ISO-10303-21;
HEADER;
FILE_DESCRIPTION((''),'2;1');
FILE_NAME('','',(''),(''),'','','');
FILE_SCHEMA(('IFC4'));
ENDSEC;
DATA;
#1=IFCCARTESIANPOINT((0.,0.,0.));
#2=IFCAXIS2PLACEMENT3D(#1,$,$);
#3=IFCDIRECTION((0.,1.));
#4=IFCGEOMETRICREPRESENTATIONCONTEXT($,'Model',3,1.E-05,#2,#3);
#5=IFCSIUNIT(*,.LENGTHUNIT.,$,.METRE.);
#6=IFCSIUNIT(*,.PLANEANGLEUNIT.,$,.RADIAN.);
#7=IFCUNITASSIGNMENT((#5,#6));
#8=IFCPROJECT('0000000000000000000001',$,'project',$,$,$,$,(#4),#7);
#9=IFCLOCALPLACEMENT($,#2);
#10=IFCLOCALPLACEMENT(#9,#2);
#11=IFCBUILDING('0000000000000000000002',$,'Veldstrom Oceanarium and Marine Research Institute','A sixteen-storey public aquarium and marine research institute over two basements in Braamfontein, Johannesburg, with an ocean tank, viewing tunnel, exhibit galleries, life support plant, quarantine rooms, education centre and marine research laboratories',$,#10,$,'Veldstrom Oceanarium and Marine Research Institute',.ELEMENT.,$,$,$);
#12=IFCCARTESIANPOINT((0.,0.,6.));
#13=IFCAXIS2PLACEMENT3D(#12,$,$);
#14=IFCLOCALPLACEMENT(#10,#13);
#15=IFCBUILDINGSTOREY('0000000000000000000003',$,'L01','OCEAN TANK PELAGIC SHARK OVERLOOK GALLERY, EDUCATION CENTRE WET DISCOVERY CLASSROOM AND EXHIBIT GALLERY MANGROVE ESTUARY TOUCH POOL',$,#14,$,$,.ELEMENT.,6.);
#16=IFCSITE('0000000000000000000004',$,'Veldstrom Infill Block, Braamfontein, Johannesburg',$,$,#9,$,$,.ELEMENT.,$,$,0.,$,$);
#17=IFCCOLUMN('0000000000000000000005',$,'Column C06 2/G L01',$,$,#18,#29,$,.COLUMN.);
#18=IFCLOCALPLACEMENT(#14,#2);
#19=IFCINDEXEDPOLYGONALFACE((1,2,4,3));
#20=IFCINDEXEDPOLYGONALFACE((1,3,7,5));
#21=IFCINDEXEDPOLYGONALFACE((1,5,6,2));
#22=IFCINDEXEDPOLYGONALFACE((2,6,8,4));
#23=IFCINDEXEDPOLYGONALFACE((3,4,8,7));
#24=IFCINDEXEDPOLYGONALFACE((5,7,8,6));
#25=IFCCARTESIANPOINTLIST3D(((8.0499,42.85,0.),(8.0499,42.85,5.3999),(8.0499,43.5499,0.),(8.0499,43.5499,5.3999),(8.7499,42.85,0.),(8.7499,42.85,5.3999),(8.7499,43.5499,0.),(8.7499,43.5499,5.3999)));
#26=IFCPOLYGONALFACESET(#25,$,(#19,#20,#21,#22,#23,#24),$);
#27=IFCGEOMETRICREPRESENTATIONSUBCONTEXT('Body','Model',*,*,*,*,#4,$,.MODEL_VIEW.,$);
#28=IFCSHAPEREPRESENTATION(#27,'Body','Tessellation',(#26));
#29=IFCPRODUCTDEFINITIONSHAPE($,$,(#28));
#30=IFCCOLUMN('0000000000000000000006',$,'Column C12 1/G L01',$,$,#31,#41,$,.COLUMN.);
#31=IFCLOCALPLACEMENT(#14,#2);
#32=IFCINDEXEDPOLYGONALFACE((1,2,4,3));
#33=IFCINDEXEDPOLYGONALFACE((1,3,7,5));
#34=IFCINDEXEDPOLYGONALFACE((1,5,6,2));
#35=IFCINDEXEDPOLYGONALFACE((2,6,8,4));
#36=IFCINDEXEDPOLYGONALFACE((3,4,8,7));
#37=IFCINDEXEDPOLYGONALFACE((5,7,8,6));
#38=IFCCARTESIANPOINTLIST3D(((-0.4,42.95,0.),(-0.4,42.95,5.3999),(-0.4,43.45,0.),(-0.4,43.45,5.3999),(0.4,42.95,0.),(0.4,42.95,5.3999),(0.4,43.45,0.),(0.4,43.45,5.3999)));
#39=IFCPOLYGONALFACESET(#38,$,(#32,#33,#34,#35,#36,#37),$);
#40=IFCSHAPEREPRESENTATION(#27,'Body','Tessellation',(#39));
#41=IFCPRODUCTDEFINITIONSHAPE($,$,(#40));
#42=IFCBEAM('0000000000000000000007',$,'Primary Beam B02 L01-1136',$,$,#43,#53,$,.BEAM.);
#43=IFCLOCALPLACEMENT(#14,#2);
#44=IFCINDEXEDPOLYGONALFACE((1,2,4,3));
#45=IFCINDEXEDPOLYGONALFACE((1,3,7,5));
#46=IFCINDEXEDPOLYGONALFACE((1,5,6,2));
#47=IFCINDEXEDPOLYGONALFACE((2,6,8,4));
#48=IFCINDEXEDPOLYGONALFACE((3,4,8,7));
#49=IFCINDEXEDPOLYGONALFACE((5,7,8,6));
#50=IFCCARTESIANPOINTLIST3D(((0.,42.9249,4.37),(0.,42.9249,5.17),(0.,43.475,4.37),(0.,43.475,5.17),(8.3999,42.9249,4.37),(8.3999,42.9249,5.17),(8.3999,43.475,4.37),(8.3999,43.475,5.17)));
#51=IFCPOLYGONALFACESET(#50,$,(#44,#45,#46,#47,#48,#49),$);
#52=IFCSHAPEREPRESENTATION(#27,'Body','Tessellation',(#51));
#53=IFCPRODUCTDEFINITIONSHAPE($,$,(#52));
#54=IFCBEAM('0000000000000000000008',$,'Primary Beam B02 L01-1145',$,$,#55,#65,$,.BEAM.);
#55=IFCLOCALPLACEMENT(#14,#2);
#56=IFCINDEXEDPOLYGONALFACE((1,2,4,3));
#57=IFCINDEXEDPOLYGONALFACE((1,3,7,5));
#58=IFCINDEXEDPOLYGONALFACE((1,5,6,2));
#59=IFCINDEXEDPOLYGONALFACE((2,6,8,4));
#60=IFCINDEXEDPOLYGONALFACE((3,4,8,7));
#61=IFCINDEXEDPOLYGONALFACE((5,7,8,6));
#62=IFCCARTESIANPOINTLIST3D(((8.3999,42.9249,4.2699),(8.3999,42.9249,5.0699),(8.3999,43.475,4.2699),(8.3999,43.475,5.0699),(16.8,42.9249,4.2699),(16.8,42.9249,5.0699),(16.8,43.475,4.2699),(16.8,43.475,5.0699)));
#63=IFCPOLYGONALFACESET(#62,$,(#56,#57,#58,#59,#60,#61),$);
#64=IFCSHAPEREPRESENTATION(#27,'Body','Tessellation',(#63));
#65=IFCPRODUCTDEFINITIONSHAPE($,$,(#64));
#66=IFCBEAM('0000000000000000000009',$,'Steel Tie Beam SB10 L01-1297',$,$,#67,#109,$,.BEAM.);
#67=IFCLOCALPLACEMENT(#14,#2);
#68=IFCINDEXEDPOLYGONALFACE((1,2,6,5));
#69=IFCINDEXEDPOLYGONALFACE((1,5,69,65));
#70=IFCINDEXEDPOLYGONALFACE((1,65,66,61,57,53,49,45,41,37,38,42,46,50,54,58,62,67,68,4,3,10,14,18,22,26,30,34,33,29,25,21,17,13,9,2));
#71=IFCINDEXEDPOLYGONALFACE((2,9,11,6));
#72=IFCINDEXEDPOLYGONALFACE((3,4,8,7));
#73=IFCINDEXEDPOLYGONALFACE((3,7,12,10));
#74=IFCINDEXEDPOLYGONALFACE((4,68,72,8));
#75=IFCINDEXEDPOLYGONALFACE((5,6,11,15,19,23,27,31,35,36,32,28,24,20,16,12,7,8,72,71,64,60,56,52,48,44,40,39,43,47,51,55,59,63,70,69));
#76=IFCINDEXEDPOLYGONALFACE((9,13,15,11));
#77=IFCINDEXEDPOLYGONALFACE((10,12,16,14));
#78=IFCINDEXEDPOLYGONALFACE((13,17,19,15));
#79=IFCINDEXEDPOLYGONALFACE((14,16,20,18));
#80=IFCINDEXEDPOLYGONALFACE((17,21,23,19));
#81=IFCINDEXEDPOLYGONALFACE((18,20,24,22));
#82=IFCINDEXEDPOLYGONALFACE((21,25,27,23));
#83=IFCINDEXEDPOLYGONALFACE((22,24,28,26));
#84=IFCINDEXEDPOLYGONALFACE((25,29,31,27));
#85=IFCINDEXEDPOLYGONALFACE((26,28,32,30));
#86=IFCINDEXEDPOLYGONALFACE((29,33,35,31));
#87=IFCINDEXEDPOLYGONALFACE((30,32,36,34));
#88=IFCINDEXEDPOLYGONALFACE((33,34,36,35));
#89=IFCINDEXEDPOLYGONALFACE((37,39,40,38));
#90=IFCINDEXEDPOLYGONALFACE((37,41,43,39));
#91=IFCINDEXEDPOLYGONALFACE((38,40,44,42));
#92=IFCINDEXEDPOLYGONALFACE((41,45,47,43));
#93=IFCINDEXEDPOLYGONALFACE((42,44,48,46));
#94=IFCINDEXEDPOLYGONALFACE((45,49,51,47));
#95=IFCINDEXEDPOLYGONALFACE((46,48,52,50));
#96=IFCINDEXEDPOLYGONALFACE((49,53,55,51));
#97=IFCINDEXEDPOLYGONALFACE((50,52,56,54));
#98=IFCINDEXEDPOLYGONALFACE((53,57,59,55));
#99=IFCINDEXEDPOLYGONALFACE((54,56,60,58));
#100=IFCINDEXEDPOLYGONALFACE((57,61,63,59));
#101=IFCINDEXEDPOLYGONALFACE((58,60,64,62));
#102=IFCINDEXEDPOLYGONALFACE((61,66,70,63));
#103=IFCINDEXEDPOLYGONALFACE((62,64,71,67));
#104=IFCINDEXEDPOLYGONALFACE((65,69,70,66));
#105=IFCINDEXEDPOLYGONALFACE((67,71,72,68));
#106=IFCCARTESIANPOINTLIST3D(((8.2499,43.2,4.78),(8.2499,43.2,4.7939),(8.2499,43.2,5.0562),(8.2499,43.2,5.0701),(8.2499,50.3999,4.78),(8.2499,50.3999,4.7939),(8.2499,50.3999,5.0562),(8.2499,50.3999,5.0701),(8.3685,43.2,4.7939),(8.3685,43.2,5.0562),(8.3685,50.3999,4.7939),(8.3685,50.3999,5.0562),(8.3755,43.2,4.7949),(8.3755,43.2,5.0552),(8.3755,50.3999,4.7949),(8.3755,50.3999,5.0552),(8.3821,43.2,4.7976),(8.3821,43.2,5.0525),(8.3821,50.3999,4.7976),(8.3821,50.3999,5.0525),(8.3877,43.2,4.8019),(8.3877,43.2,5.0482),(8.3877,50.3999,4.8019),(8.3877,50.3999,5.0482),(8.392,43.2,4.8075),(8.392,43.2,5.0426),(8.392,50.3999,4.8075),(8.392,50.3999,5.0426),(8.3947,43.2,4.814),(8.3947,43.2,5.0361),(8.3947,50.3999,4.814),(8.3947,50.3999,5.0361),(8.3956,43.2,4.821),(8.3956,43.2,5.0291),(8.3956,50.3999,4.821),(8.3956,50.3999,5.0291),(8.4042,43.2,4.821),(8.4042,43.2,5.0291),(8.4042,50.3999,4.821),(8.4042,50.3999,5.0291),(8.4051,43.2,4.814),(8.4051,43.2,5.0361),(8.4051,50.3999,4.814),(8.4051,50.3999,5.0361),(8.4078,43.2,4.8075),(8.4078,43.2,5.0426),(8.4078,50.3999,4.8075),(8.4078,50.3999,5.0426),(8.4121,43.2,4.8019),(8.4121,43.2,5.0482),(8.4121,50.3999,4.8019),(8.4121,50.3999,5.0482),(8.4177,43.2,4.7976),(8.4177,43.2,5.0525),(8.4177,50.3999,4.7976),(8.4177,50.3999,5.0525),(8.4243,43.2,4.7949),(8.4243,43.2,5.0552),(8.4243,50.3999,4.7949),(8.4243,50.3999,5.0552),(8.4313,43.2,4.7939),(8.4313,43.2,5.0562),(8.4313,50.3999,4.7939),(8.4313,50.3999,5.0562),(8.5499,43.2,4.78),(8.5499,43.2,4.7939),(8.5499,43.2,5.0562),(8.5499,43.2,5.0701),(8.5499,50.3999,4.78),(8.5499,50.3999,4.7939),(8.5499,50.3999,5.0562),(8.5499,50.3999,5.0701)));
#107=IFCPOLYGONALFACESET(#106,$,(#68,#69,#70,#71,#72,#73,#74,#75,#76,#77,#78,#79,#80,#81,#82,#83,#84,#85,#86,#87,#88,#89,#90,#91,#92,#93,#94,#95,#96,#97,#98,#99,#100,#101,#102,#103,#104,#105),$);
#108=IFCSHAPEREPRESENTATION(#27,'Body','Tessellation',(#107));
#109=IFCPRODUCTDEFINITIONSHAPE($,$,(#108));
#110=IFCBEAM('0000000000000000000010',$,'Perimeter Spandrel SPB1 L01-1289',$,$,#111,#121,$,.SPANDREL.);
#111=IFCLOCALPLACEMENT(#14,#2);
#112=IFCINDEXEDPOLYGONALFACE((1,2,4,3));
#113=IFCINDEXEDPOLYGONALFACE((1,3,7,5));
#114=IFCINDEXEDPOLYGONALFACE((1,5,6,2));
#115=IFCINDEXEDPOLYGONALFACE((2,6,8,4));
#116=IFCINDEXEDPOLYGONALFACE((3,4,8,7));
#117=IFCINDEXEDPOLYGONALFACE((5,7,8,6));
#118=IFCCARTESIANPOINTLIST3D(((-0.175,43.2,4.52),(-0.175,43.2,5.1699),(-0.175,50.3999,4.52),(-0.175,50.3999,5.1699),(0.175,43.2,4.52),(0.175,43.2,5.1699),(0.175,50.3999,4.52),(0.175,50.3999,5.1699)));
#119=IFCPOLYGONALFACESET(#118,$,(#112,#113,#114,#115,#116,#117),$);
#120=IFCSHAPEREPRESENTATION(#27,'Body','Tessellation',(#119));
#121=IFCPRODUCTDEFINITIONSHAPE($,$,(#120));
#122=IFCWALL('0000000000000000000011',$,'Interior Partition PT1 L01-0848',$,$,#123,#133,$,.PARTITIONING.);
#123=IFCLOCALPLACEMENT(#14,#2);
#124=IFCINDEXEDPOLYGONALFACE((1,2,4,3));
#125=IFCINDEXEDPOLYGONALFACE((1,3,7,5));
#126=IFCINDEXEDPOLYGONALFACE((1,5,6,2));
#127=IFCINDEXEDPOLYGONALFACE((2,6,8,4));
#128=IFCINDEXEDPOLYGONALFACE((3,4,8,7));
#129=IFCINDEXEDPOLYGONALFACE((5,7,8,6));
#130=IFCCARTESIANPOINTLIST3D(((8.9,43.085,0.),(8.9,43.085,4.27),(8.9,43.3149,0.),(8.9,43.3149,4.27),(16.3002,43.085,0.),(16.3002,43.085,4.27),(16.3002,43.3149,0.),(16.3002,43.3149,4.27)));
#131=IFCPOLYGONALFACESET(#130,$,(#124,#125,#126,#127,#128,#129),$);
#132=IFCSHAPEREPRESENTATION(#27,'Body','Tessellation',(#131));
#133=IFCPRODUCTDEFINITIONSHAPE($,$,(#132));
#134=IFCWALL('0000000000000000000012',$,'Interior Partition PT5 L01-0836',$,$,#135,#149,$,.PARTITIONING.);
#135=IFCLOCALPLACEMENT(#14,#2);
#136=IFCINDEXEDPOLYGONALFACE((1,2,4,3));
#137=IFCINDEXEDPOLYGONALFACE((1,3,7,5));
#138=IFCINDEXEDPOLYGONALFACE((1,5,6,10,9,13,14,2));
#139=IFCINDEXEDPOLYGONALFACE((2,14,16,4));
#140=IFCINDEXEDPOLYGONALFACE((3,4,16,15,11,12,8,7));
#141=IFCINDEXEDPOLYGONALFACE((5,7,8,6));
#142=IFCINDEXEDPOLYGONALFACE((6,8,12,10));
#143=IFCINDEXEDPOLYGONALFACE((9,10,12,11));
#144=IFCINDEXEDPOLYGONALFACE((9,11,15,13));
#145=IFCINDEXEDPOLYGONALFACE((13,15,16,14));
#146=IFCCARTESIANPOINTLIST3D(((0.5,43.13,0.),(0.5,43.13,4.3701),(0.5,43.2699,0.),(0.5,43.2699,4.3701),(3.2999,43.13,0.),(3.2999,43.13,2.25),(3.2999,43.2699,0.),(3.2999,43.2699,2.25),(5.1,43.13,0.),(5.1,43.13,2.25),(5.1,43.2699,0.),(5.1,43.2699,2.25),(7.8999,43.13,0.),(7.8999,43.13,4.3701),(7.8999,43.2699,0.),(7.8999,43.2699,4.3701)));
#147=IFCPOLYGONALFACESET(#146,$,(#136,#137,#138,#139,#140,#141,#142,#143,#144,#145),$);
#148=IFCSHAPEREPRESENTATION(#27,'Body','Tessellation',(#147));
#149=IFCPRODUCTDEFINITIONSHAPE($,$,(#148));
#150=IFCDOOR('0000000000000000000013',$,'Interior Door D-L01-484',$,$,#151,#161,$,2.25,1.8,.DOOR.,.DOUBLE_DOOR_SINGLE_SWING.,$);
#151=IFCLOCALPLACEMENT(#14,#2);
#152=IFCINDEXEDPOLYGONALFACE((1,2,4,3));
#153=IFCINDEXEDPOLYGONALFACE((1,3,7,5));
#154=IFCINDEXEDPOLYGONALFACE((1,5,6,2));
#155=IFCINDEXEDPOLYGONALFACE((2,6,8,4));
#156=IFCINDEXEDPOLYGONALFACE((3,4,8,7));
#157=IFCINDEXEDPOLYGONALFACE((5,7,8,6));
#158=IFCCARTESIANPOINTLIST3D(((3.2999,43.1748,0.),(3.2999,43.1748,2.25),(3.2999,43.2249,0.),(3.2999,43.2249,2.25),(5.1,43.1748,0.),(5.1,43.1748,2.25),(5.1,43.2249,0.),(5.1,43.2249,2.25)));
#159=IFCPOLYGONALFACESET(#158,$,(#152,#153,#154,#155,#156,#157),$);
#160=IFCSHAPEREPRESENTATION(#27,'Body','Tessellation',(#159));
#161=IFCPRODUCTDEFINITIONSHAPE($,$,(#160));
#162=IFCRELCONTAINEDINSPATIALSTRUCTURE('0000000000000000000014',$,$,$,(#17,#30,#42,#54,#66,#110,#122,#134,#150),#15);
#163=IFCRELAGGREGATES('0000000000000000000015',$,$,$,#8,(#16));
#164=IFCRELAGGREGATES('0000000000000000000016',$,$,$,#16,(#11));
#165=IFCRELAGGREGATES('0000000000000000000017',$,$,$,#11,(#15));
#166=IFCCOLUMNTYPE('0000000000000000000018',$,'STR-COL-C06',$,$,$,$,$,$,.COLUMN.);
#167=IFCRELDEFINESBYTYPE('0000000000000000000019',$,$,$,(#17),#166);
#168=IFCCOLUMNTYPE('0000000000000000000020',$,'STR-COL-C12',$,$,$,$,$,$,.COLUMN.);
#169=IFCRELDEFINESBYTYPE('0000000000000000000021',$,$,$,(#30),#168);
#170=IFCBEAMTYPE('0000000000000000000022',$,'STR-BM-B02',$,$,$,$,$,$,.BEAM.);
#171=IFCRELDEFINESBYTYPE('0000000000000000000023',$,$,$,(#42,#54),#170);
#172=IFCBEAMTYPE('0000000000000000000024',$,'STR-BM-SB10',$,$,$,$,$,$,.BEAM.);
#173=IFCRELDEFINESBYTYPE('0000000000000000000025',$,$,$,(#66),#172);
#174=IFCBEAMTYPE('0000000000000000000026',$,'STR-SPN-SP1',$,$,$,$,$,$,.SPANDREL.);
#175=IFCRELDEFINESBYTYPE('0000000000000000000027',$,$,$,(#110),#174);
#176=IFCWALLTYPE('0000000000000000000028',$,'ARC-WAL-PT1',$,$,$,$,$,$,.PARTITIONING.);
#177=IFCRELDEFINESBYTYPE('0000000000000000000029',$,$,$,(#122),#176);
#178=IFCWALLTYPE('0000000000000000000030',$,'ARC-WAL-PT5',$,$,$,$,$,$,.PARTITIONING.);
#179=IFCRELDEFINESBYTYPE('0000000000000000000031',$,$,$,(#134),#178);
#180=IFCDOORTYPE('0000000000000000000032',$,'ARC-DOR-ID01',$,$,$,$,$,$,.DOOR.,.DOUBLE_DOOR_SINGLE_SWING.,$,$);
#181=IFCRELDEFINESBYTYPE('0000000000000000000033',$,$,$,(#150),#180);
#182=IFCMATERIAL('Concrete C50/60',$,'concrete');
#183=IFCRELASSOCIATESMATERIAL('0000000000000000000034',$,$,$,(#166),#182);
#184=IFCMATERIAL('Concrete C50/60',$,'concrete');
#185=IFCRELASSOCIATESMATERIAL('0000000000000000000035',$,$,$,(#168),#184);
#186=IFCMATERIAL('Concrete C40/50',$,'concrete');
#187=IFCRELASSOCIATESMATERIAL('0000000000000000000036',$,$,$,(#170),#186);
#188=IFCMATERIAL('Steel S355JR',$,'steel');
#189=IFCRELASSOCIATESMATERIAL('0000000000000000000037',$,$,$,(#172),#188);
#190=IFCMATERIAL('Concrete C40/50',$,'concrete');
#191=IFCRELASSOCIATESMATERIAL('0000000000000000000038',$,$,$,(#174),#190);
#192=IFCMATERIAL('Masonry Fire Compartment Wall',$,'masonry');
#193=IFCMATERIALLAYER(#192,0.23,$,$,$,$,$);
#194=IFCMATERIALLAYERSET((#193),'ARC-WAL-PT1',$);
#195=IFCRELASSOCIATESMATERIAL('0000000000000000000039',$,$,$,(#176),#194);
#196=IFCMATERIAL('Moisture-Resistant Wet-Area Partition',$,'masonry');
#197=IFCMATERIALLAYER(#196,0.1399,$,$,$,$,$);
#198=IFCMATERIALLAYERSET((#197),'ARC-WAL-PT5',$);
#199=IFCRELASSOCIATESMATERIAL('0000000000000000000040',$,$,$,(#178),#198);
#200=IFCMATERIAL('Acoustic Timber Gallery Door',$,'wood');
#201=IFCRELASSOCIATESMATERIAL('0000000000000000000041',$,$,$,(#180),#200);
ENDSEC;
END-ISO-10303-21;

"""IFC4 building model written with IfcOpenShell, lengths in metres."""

from ifc_helpers import new_model, si_unit, direction, frame, frame_2d, origin, origin_2d, place, context, subcontext, project, spatial, rectangle, i_section, extrude, material, layer, layer_set, material_profile, profile_set, type_object, element, fill, save


model = new_model("IFC4")

# Units and contexts
model_context = context("Model", 3, precision=1e-05, world=origin(), true_north=direction((0.0, 1.0)))
body_context = subcontext(model_context, "Body", "Model", "MODEL_VIEW")
ifc_project = project(units=[si_unit("LENGTHUNIT", "METRE"), si_unit("PLANEANGLEUNIT", "RADIAN")], contexts=[model_context])

# Site, building, storey
site_placement = place(None, origin())
site = spatial("IfcSite", under=ifc_project, at=site_placement, Name="Veldstrom Infill Block, Braamfontein, Johannesburg", CompositionType="ELEMENT", RefElevation=0.0)
building_placement = place(site_placement, origin())
building = spatial("IfcBuilding", under=site, at=building_placement, Name="Veldstrom Oceanarium and Marine Research Institute", Description="A sixteen-storey public aquarium and marine research institute over two basements in Braamfontein, Johannesburg, with an ocean tank, viewing tunnel, exhibit galleries, life support plant, quarantine rooms, education centre and marine research laboratories", LongName="Veldstrom Oceanarium and Marine Research Institute", CompositionType="ELEMENT")
storey_placement = place(building_placement, frame((0.0, 0.0, 6.0)))
storey = spatial("IfcBuildingStorey", under=building, at=storey_placement, Name="L01", Description="OCEAN TANK PELAGIC SHARK OVERLOOK GALLERY, EDUCATION CENTRE WET DISCOVERY CLASSROOM AND EXHIBIT GALLERY MANGROVE ESTUARY TOUCH POOL", CompositionType="ELEMENT", Elevation=6.0)

# Columns
ifc_material_1 = material(Name="Concrete C50/60", Category="concrete")
ifc_material_profile_1 = material_profile(ifc_material_1, rectangle(XDim=0.7, YDim=0.7, at=origin_2d()), Name="RC-COL-700x700")
ifc_profile_set_1 = profile_set([ifc_material_profile_1], Name="Concrete C50/60")
column_type_1 = type_object("IfcColumnType", Name="STR-COL-C06", PredefinedType="COLUMN", material=ifc_profile_set_1)
column_1_placement = place(storey_placement, frame((8.3999, 43.2, 0.0), z_axis=(0.0, 0.0, 1.0), x_axis=(1.0, 0.0, 0.0)))
element("IfcColumn", 1, at=column_1_placement, inside=storey, type_object=column_type_1, Name="Column C06 2/G L01", PredefinedType="COLUMN", context=body_context, shape_type="SweptSolid", body=[
    extrude(rectangle(XDim=0.7, YDim=0.7, at=origin_2d()), origin(), (0.0, 0.0, 1.0), 5.3999),
])
ifc_material_2 = material(Name="Concrete C50/60", Category="concrete")
ifc_material_profile_2 = material_profile(ifc_material_2, rectangle(XDim=0.5, YDim=0.8, at=origin_2d()), Name="RC-COL-800x500")
ifc_profile_set_2 = profile_set([ifc_material_profile_2], Name="Concrete C50/60")
column_type_2 = type_object("IfcColumnType", Name="STR-COL-C12", PredefinedType="COLUMN", material=ifc_profile_set_2)
column_2_placement = place(storey_placement, frame((0.0, 43.2, 0.0), z_axis=(0.0, 0.0, 1.0), x_axis=(0.0, 1.0, 0.0)))
element("IfcColumn", 2, at=column_2_placement, inside=storey, type_object=column_type_2, Name="Column C12 1/G L01", PredefinedType="COLUMN", context=body_context, shape_type="SweptSolid", body=[
    extrude(rectangle(XDim=0.5, YDim=0.8, at=origin_2d()), origin(), (0.0, 0.0, 1.0), 5.3999),
])

# Beams
ifc_material_3 = material(Name="Concrete C40/50", Category="concrete")
ifc_material_profile_3 = material_profile(ifc_material_3, rectangle(XDim=0.55, YDim=0.8, at=origin_2d()), Name="RC-BM-550x800")
ifc_profile_set_3 = profile_set([ifc_material_profile_3], Name="Concrete C40/50")
beam_type_1 = type_object("IfcBeamType", Name="STR-BM-B02", PredefinedType="BEAM", material=ifc_profile_set_3)
beam_1_placement = place(storey_placement, frame((0.0, 43.2, 4.77), z_axis=(1.0, 0.0, 0.0), x_axis=(0.0, 1.0, 0.0)))
element("IfcBeam", 3, at=beam_1_placement, inside=storey, type_object=beam_type_1, Name="Primary Beam B02 L01-1136", PredefinedType="BEAM", context=body_context, shape_type="SweptSolid", body=[
    extrude(rectangle(XDim=0.55, YDim=0.8, at=origin_2d()), origin(), (0.0, 0.0, 1.0), 8.3999),
])
beam_2_placement = place(storey_placement, frame((8.3999, 43.2, 4.6699), z_axis=(1.0, 0.0, 0.0), x_axis=(0.0, 1.0, 0.0)))
element("IfcBeam", 4, at=beam_2_placement, inside=storey, type_object=beam_type_1, Name="Primary Beam B02 L01-1145", PredefinedType="BEAM", context=body_context, shape_type="SweptSolid", body=[
    extrude(rectangle(XDim=0.55, YDim=0.8, at=origin_2d()), origin(), (0.0, 0.0, 1.0), 8.4001),
])
ifc_material_4 = material(Name="Steel S355JR", Category="steel")
ifc_material_profile_4 = material_profile(ifc_material_4, i_section(OverallWidth=0.3, OverallDepth=0.29, WebThickness=0.0085, FlangeThickness=0.0139, FilletRadius=0.0271, at=origin_2d()), Name="HEA 300")
ifc_profile_set_4 = profile_set([ifc_material_profile_4], Name="Steel S355JR")
beam_type_2 = type_object("IfcBeamType", Name="STR-BM-SB10", PredefinedType="BEAM", material=ifc_profile_set_4)
beam_3_placement = place(storey_placement, frame((8.3999, 43.2, 4.925), z_axis=(0.0, 1.0, 0.0), x_axis=(-1.0, 0.0, 0.0)))
element("IfcBeam", 5, at=beam_3_placement, inside=storey, type_object=beam_type_2, Name="Steel Tie Beam SB10 L01-1297", PredefinedType="BEAM", context=body_context, shape_type="SweptSolid", body=[
    extrude(i_section(OverallWidth=0.3, OverallDepth=0.29, WebThickness=0.0085, FlangeThickness=0.0139, FilletRadius=0.0271, at=origin_2d()), origin(), (0.0, 0.0, 1.0), 7.2),
])
ifc_material_5 = material(Name="Concrete C40/50", Category="concrete")
ifc_material_profile_5 = material_profile(ifc_material_5, rectangle(XDim=0.3501, YDim=0.6499, at=origin_2d()), Name="RC-SPN-350x650")
ifc_profile_set_5 = profile_set([ifc_material_profile_5], Name="Concrete C40/50")
beam_type_3 = type_object("IfcBeamType", Name="STR-SPN-SP1", PredefinedType="SPANDREL", material=ifc_profile_set_5)
beam_4_placement = place(storey_placement, frame((0.0, 43.2, 4.845), z_axis=(0.0, 1.0, 0.0), x_axis=(-1.0, 0.0, 0.0)))
element("IfcBeam", 6, at=beam_4_placement, inside=storey, type_object=beam_type_3, Name="Perimeter Spandrel SPB1 L01-1289", PredefinedType="SPANDREL", context=body_context, shape_type="SweptSolid", body=[
    extrude(rectangle(XDim=0.3501, YDim=0.6499, at=origin_2d()), origin(), (0.0, 0.0, 1.0), 7.2),
])

# Wall
ifc_material_6 = material(Name="Masonry Fire Compartment Wall", Category="masonry")
ifc_layer_1 = layer(ifc_material_6, 0.23)
ifc_layer_set_1 = layer_set([ifc_layer_1], Name="ARC-WAL-PT1")
wall_type_1 = type_object("IfcWallType", Name="ARC-WAL-PT1", PredefinedType="PARTITIONING", material=ifc_layer_set_1)
wall_1_placement = place(storey_placement, frame((8.8999, 43.2, 0.0), z_axis=(0.0, 0.0, 1.0), x_axis=(1.0, 0.0, 0.0)))
element("IfcWall", 7, at=wall_1_placement, inside=storey, type_object=wall_type_1, Name="Interior Partition PT1 L01-0848", PredefinedType="PARTITIONING", context=body_context, shape_type="SweptSolid", body=[
    extrude(rectangle(XDim=7.4001, YDim=0.23, at=frame_2d((3.7002, 0.0))), origin(), (0.0, 0.0, 1.0), 4.27),
])

# Wall, opening, door
ifc_material_7 = material(Name="Moisture-Resistant Wet-Area Partition", Category="masonry")
ifc_layer_2 = layer(ifc_material_7, 0.1399)
ifc_layer_set_2 = layer_set([ifc_layer_2], Name="ARC-WAL-PT5")
wall_type_2 = type_object("IfcWallType", Name="ARC-WAL-PT5", PredefinedType="PARTITIONING", material=ifc_layer_set_2)
wall_2_placement = place(storey_placement, frame((0.5, 43.2, 0.0), z_axis=(0.0, 0.0, 1.0), x_axis=(1.0, 0.0, 0.0)))
wall_2 = element("IfcWall", 8, at=wall_2_placement, inside=storey, type_object=wall_type_2, Name="Interior Partition PT5 L01-0836", PredefinedType="PARTITIONING", context=body_context, shape_type="SweptSolid", body=[
    extrude(rectangle(XDim=7.3999, YDim=0.1399, at=frame_2d((3.7, 0.0))), origin(), (0.0, 0.0, 1.0), 4.3701),
])
opening_1_placement = place(wall_2_placement, frame((2.8, 0.0, 0.0)))
opening_1 = element("IfcOpeningElement", 9, at=opening_1_placement, cuts=wall_2, PredefinedType="OPENING", context=body_context, shape_type="SweptSolid", body=[
    extrude(rectangle(XDim=1.8, YDim=2.25, at=frame_2d((0.8999, 1.125))), frame((0.0, 0.0798, 0.0), z_axis=(0.0, -1.0, 0.0), x_axis=(1.0, 0.0, 0.0)), (0.0, 0.0, 1.0), 0.1599),
])
ifc_material_8 = material(Name="Acoustic Timber Gallery Door", Category="wood")
door_type_1 = type_object("IfcDoorType", Name="ARC-DOR-ID01", OperationType="DOUBLE_DOOR_SINGLE_SWING", PredefinedType="DOOR", material=ifc_material_8)
door_1_placement = place(opening_1_placement, origin())
door_1 = element("IfcDoor", 10, at=door_1_placement, inside=storey, type_object=door_type_1, Name="Interior Door D-L01-484", OperationType="DOUBLE_DOOR_SINGLE_SWING", OverallHeight=2.25, OverallWidth=1.8, PredefinedType="DOOR", context=body_context, shape_type="SweptSolid", body=[
    extrude(rectangle(XDim=1.8, YDim=2.25, at=frame_2d((0.8999, 1.125))), frame((0.0, 0.0249, 0.0), z_axis=(0.0, -1.0, 0.0), x_axis=(1.0, 0.0, 0.0)), (0.0, 0.0, 1.0), 0.05),
])
fill(opening_1, door_1)

save(model, "model.ifc")
